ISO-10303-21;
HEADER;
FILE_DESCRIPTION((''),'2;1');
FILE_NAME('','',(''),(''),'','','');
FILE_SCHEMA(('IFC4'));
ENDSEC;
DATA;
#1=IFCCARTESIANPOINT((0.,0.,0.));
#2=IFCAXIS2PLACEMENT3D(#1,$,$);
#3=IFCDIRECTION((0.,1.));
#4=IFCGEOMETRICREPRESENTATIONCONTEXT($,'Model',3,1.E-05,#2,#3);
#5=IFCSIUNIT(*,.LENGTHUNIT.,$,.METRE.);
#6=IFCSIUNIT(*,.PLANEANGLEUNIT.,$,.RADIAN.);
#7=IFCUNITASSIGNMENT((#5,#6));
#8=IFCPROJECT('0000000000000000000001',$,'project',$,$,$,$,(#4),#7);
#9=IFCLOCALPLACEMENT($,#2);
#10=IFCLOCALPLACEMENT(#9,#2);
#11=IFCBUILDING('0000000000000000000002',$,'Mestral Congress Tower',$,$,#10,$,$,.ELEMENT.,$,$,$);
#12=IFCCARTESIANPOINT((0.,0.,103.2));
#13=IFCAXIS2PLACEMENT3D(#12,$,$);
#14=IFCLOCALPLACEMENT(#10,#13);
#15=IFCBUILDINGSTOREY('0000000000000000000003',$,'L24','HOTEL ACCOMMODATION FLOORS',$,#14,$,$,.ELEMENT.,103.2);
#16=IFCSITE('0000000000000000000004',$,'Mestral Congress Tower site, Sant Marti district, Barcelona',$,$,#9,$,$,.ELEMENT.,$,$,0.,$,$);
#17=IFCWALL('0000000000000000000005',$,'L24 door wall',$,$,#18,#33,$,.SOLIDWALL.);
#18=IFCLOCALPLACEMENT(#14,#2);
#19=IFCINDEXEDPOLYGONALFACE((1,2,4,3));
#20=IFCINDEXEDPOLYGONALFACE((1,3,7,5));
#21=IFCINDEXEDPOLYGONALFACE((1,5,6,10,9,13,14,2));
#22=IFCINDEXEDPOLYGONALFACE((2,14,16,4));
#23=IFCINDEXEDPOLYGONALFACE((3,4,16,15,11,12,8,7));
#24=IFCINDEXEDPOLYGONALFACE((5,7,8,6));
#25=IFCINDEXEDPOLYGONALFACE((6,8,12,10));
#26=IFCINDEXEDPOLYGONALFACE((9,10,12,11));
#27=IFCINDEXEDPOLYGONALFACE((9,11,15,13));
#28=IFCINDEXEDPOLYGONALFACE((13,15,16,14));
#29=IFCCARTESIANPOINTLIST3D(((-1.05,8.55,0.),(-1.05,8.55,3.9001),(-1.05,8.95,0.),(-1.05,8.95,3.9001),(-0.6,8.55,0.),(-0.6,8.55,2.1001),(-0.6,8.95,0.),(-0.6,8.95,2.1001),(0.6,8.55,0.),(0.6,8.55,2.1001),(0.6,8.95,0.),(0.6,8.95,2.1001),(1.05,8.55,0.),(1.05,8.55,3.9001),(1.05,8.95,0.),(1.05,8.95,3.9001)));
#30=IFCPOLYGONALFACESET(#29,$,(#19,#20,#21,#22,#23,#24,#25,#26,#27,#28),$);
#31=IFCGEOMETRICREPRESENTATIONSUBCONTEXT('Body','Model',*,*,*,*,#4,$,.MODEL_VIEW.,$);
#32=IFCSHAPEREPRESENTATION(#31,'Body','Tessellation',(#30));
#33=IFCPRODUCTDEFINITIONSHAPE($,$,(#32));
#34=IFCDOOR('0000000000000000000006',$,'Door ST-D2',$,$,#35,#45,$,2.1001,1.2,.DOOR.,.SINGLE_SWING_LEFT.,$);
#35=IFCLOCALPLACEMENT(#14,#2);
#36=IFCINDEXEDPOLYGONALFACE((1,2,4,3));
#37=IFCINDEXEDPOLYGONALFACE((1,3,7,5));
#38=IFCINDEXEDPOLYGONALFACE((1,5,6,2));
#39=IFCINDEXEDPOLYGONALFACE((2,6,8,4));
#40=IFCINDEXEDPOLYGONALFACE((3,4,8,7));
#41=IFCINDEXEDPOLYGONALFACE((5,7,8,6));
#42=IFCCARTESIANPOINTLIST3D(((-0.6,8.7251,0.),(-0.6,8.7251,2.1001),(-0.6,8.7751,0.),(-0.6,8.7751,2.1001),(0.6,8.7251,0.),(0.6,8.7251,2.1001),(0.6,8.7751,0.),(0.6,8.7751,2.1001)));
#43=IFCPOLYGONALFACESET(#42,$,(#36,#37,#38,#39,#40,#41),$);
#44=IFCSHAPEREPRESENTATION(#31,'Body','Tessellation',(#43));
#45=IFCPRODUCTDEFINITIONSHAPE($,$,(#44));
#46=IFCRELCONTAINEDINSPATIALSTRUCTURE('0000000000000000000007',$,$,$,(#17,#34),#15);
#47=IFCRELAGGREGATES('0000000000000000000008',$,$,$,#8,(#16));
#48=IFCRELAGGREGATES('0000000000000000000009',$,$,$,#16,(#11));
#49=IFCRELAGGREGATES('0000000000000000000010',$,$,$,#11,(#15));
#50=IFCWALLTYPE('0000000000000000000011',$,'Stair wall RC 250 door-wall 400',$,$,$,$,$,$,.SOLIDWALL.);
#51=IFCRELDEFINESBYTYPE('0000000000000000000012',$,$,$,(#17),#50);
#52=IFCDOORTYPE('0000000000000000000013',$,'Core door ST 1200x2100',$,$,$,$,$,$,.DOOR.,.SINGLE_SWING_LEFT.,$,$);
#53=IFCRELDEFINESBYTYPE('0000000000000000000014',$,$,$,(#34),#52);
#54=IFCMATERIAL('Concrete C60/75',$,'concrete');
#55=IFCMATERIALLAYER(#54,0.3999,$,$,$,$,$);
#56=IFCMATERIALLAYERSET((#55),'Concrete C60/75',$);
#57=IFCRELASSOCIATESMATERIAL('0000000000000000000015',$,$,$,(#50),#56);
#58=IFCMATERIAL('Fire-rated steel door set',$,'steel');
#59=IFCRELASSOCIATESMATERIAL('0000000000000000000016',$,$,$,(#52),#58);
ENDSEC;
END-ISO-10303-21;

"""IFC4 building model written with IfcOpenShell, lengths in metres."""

from ifc_helpers import new_model, si_unit, direction, frame, frame_2d, origin, place, context, subcontext, project, spatial, rectangle, extrude, material, layer, layer_set, type_object, element, fill, save


model = new_model("IFC4")

# Units and contexts
model_context = context("Model", 3, precision=1e-05, world=origin(), true_north=direction((0.0, 1.0)))
body_context = subcontext(model_context, "Body", "Model", "MODEL_VIEW")
ifc_project = project(units=[si_unit("LENGTHUNIT", "METRE"), si_unit("PLANEANGLEUNIT", "RADIAN")], contexts=[model_context])

# Site, building, storey
site_placement = place(None, origin())
site = spatial("IfcSite", under=ifc_project, at=site_placement, Name="Mestral Congress Tower site, Sant Marti district, Barcelona", CompositionType="ELEMENT", RefElevation=0.0)
building_placement = place(site_placement, origin())
building = spatial("IfcBuilding", under=site, at=building_placement, Name="Mestral Congress Tower", CompositionType="ELEMENT")
storey_placement = place(building_placement, frame((0.0, 0.0, 103.2)))
storey = spatial("IfcBuildingStorey", under=building, at=storey_placement, Name="L24", Description="HOTEL ACCOMMODATION FLOORS", CompositionType="ELEMENT", Elevation=103.2)

# Shared definitions
ifc_material_1 = material(Name="Fire-rated steel door set", Category="steel")

# Shared definitions
ifc_material_2 = material(Name="Concrete C60/75", Category="concrete")

# Wall, opening, door
ifc_layer_1 = layer(ifc_material_2, 0.3999)
ifc_layer_set_1 = layer_set([ifc_layer_1], Name="Concrete C60/75")
wall_type_1 = type_object("IfcWallType", Name="Stair wall RC 250 door-wall 400", PredefinedType="SOLIDWALL", material=ifc_layer_set_1)
wall_1_placement = place(storey_placement, frame((1.05, 8.75, 0.0), z_axis=(0.0, 0.0, 1.0), x_axis=(-1.0, 0.0, 0.0)))
wall_1 = element("IfcWall", 1, at=wall_1_placement, inside=storey, type_object=wall_type_1, Name="L24 door wall", PredefinedType="SOLIDWALL", context=body_context, shape_type="SweptSolid", body=[
    extrude(rectangle(XDim=2.1001, YDim=0.3999, at=frame_2d((1.05, 0.0))), origin(), (0.0, 0.0, 1.0), 3.9001),
])
opening_1_placement = place(wall_1_placement, frame((0.45, 0.0, 0.0)))
opening_1 = element("IfcOpeningElement", 2, at=opening_1_placement, cuts=wall_1, PredefinedType="OPENING", context=body_context, shape_type="SweptSolid", body=[
    extrude(rectangle(XDim=1.2, YDim=2.1001, at=frame_2d((0.6001, 1.05))), frame((0.0, 0.21, 0.0), z_axis=(0.0, -1.0, 0.0), x_axis=(1.0, 0.0, 0.0)), (0.0, 0.0, 1.0), 0.4199),
])
door_type_1 = type_object("IfcDoorType", Name="Core door ST 1200x2100", OperationType="SINGLE_SWING_LEFT", PredefinedType="DOOR", material=ifc_material_1)
door_1_placement = place(opening_1_placement, origin())
door_1 = element("IfcDoor", 3, at=door_1_placement, inside=storey, type_object=door_type_1, Name="Door ST-D2", OperationType="SINGLE_SWING_LEFT", OverallHeight=2.1001, OverallWidth=1.2, PredefinedType="DOOR", context=body_context, shape_type="SweptSolid", body=[
    extrude(rectangle(XDim=1.2, YDim=2.1001, at=frame_2d((0.6001, 1.05))), frame((0.0, 0.0249, 0.0), z_axis=(0.0, -1.0, 0.0), x_axis=(1.0, 0.0, 0.0)), (0.0, 0.0, 1.0), 0.05),
])
fill(opening_1, door_1)

save(model, "model.ifc")
